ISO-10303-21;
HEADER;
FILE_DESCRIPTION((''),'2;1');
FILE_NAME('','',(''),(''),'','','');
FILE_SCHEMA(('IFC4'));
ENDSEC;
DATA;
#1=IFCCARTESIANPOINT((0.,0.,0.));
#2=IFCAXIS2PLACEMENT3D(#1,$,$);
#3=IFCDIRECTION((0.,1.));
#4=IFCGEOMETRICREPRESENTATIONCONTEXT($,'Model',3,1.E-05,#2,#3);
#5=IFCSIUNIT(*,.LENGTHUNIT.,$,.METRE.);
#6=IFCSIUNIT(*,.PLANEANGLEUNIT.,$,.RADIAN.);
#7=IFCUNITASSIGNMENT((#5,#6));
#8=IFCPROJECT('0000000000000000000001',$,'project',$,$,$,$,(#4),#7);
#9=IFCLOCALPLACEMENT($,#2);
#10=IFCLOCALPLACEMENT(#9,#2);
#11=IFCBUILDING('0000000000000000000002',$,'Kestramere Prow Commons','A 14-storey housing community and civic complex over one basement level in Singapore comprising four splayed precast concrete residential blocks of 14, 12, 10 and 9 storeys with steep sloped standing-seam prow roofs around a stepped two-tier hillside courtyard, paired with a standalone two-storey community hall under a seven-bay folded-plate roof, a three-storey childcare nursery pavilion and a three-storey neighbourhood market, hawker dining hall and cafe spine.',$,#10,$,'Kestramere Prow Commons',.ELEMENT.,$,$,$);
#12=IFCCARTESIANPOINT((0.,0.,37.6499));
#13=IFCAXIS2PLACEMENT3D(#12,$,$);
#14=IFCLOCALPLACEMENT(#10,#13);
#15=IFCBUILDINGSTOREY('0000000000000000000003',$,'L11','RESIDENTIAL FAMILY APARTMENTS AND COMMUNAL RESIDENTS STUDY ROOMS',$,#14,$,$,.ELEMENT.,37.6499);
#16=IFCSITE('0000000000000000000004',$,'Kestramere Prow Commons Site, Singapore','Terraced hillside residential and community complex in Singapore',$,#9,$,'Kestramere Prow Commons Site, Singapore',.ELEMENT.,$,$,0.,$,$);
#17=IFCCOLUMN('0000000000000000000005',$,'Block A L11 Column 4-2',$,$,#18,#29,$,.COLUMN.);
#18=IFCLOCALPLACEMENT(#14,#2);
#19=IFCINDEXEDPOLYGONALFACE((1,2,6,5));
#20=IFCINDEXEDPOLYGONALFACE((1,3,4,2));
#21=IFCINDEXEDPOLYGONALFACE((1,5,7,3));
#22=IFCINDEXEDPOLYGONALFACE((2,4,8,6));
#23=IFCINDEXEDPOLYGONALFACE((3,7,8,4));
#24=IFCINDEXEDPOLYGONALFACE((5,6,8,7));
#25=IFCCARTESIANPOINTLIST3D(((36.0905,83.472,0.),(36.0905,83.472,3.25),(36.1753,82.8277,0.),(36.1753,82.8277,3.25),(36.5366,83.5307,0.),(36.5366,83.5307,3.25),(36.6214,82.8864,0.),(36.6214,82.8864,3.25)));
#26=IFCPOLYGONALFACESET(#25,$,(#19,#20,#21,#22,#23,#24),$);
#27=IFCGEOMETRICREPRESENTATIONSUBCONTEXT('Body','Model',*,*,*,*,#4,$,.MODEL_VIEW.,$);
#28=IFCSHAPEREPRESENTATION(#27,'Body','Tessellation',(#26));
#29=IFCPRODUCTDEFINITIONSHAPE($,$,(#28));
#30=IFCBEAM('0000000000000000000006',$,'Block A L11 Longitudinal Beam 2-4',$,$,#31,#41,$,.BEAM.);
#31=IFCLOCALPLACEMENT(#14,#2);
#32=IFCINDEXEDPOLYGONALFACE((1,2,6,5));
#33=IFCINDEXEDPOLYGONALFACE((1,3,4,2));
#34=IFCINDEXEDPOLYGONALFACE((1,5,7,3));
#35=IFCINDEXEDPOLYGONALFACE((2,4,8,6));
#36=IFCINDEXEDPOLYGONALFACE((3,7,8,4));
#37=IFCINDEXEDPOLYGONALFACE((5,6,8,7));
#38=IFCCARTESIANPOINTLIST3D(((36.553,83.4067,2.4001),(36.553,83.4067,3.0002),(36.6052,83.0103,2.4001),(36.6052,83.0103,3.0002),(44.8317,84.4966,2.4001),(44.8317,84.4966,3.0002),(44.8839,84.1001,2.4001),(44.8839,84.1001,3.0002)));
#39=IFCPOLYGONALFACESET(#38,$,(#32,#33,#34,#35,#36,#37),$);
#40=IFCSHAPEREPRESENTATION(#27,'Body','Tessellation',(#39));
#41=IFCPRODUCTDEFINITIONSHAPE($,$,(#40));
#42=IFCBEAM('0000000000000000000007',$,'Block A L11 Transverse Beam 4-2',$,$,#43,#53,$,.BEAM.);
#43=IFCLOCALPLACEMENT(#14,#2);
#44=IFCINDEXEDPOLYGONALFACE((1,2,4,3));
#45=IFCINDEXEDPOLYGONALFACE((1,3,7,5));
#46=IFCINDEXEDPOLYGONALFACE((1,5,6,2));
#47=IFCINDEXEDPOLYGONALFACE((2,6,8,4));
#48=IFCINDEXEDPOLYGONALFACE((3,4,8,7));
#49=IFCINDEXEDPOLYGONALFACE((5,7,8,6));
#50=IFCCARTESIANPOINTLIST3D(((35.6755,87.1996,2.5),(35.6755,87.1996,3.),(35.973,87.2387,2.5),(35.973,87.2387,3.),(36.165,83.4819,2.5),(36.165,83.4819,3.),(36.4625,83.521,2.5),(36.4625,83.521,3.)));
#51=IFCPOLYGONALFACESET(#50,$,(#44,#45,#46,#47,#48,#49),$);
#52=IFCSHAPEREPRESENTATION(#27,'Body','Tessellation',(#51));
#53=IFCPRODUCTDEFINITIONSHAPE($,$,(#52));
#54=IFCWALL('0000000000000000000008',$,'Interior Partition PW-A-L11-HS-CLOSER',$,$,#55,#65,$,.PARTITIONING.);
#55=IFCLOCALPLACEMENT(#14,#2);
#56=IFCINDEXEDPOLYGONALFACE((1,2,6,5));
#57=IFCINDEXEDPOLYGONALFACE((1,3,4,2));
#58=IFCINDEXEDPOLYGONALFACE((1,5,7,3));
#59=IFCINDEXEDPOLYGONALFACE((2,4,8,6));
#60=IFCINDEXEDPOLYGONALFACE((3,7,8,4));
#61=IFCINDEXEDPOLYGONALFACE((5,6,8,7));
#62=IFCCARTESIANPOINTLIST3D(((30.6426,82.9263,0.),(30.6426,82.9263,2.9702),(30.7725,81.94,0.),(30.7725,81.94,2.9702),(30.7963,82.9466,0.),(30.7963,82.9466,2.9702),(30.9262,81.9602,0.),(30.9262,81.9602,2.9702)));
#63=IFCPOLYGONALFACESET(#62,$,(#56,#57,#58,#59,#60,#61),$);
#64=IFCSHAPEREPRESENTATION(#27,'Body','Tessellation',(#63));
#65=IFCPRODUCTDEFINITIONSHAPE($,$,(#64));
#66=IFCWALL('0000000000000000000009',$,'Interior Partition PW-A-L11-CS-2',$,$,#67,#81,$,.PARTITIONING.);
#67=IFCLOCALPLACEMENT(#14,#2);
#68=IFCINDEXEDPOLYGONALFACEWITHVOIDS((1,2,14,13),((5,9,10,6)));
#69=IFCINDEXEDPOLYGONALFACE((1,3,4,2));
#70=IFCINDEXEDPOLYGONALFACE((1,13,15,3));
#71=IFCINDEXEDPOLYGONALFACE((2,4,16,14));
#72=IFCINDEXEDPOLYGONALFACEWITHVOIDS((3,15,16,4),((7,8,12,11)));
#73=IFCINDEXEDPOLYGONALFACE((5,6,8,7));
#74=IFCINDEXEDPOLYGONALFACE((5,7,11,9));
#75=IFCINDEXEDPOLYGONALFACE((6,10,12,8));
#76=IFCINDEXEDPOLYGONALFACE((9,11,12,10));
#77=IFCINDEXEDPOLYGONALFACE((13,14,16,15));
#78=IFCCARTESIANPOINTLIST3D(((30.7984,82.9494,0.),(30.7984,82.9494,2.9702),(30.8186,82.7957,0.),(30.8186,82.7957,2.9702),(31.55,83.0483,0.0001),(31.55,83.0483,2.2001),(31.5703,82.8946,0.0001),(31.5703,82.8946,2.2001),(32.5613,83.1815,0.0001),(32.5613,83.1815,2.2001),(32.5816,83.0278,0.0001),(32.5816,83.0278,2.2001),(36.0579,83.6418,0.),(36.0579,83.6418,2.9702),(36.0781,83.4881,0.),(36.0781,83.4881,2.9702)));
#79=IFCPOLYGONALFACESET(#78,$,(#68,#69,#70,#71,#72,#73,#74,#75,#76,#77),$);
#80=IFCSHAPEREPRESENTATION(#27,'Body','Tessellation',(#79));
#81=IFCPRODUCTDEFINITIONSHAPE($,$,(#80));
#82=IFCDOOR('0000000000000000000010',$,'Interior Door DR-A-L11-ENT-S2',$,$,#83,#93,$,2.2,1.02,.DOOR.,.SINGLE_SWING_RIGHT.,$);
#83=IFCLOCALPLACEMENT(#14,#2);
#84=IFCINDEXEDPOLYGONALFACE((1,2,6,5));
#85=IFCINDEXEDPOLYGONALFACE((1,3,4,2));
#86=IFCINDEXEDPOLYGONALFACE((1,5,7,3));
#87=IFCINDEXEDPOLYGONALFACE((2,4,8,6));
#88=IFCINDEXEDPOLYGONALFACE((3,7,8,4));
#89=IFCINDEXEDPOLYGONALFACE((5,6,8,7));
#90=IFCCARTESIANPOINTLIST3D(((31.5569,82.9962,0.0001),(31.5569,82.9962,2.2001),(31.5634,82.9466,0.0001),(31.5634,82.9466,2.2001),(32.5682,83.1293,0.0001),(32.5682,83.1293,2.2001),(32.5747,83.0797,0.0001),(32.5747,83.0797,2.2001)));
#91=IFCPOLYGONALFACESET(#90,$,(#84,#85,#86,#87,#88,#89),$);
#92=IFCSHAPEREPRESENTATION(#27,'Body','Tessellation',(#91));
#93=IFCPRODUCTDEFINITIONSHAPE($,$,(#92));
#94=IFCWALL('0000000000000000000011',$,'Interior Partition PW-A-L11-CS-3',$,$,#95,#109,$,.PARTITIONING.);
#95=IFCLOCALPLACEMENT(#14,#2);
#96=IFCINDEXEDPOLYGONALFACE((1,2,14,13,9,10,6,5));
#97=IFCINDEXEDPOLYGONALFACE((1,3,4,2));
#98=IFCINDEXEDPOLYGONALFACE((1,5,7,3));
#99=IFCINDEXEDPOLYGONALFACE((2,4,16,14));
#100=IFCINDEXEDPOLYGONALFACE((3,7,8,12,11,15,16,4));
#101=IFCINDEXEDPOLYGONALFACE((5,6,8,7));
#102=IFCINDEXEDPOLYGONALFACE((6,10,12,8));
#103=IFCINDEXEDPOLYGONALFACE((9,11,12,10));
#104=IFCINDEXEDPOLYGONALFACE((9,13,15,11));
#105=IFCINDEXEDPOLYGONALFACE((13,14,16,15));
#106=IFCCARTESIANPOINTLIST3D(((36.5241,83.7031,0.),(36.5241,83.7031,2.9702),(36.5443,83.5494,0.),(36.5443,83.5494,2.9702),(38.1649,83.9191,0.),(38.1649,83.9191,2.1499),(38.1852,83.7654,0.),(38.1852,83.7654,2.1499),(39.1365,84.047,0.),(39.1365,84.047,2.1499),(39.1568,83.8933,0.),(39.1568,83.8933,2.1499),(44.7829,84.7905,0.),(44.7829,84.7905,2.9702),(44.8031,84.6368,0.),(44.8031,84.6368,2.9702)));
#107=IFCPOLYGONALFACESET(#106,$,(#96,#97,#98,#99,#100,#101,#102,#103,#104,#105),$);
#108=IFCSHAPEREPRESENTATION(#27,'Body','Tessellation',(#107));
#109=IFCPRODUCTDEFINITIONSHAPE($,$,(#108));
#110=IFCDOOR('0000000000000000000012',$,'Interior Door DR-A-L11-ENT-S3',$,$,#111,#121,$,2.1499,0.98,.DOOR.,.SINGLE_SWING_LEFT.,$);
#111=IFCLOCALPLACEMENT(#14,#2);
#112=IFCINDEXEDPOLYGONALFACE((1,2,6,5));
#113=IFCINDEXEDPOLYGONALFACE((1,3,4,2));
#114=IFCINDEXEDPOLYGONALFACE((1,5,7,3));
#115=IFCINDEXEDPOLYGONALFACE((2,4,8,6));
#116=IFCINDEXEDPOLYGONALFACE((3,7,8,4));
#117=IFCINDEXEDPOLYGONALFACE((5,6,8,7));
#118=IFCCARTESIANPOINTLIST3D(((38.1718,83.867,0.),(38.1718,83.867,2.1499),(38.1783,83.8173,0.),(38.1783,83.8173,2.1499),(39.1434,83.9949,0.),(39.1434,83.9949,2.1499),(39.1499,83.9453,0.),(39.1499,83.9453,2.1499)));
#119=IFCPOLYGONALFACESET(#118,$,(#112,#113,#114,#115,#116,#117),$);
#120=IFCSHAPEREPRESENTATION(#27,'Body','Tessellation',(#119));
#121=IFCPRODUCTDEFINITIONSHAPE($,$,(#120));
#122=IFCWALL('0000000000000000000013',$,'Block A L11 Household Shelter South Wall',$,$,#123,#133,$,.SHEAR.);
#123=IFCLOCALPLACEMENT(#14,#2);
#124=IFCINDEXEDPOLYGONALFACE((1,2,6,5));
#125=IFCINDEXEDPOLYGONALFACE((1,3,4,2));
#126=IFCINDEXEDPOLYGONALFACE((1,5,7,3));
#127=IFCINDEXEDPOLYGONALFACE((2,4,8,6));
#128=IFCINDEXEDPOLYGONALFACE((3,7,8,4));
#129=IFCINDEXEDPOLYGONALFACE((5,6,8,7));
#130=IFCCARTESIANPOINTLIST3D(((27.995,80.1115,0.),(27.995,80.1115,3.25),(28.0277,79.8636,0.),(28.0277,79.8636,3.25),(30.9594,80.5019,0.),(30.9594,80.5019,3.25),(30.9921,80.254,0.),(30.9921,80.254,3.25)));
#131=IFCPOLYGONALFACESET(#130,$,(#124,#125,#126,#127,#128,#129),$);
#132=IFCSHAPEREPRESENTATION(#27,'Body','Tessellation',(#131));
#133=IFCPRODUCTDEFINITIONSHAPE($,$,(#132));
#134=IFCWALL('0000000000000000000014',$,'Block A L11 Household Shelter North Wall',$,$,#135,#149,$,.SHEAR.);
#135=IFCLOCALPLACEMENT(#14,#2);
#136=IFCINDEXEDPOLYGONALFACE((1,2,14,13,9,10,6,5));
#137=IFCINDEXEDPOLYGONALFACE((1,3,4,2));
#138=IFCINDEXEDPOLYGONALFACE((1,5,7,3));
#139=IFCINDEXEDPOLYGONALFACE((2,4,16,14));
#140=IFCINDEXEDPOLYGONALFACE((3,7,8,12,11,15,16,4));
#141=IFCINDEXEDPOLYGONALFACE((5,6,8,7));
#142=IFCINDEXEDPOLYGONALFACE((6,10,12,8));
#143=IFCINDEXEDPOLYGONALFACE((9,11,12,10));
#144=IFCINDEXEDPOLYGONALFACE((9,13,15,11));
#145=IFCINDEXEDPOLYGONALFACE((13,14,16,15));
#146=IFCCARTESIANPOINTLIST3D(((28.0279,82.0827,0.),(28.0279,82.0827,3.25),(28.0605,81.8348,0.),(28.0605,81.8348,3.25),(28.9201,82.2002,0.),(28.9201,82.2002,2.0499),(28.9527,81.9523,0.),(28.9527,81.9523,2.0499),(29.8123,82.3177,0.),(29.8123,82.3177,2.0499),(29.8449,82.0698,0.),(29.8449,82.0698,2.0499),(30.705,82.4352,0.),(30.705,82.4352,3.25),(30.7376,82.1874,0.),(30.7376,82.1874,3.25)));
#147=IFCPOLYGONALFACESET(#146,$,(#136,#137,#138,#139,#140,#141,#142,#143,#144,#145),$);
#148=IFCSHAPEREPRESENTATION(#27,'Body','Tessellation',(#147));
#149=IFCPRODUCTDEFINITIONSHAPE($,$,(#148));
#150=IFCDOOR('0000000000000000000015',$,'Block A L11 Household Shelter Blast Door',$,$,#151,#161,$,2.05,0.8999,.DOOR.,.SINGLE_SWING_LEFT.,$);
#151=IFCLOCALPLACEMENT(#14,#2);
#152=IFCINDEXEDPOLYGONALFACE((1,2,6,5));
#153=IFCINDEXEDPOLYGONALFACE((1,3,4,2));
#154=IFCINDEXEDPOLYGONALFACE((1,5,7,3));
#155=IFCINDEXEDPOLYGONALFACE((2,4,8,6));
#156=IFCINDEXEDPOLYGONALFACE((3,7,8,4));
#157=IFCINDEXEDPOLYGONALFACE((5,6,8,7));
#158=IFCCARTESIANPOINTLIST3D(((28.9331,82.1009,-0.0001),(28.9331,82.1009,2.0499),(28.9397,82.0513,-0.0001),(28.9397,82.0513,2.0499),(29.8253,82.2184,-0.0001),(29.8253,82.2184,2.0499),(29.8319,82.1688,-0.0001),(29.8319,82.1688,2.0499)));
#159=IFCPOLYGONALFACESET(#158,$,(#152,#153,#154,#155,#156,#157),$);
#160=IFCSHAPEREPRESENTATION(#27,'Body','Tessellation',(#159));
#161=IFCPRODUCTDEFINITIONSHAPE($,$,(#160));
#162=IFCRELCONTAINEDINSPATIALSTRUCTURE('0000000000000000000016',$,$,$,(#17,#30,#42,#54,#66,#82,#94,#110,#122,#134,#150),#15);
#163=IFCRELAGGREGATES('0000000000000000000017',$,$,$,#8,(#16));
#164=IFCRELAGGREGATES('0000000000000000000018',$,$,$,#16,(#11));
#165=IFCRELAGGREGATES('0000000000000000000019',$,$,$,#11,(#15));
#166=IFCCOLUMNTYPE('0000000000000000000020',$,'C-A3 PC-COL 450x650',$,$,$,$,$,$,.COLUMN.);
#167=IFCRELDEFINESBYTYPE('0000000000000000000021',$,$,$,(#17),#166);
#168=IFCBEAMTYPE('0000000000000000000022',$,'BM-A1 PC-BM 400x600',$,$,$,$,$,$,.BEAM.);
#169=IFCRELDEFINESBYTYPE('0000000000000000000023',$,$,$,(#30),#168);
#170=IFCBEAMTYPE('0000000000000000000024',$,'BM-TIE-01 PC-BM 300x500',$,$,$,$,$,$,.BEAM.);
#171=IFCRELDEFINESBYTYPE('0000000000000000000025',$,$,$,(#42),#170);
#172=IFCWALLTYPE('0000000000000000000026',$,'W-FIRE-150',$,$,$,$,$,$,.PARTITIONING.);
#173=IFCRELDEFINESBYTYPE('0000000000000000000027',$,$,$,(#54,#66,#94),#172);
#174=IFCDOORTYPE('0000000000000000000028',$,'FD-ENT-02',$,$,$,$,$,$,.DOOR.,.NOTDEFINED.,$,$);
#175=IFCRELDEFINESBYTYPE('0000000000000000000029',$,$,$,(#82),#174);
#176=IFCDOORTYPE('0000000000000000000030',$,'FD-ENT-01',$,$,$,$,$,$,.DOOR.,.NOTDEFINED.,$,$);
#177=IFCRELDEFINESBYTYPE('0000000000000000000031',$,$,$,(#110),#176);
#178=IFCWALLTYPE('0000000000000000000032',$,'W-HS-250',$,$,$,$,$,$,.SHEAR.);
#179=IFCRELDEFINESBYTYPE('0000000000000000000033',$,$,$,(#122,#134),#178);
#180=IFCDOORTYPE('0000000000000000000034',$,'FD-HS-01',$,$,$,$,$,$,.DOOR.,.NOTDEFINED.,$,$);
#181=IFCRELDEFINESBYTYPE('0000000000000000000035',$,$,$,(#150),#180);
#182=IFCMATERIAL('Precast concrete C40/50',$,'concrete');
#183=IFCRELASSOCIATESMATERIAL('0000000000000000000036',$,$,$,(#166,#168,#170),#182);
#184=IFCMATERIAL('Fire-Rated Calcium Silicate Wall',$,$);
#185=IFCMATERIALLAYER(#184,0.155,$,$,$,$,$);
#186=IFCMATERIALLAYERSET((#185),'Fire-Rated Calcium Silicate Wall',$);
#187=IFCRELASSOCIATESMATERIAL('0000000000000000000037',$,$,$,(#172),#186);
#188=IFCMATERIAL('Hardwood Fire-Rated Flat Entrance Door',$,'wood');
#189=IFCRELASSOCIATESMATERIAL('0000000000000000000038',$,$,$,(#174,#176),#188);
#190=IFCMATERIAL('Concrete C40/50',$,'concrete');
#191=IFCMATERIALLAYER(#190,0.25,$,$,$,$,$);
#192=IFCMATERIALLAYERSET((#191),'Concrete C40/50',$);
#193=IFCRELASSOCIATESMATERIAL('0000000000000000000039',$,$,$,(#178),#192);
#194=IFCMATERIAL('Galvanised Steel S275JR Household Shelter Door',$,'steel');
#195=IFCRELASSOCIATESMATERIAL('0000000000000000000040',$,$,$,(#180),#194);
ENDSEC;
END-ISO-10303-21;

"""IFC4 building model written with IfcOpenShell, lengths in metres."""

from ifc_helpers import new_model, si_unit, direction, frame, frame_2d, origin, origin_2d, place, context, subcontext, project, spatial, rectangle, extrude, material, layer, layer_set, material_profile, profile_set, type_object, element, fill, save


model = new_model("IFC4")

# Units and contexts
model_context = context("Model", 3, precision=1e-05, world=origin(), true_north=direction((0.0, 1.0)))
body_context = subcontext(model_context, "Body", "Model", "MODEL_VIEW")
ifc_project = project(units=[si_unit("LENGTHUNIT", "METRE"), si_unit("PLANEANGLEUNIT", "RADIAN")], contexts=[model_context])

# Site, building, storey
site_placement = place(None, origin())
site = spatial("IfcSite", under=ifc_project, at=site_placement, Name="Kestramere Prow Commons Site, Singapore", Description="Terraced hillside residential and community complex in Singapore", LongName="Kestramere Prow Commons Site, Singapore", CompositionType="ELEMENT", RefElevation=0.0)
building_placement = place(site_placement, origin())
building = spatial("IfcBuilding", under=site, at=building_placement, Name="Kestramere Prow Commons", Description="A 14-storey housing community and civic complex over one basement level in Singapore comprising four splayed precast concrete residential blocks of 14, 12, 10 and 9 storeys with steep sloped standing-seam prow roofs around a stepped two-tier hillside courtyard, paired with a standalone two-storey community hall under a seven-bay folded-plate roof, a three-storey childcare nursery pavilion and a three-storey neighbourhood market, hawker dining hall and cafe spine.", LongName="Kestramere Prow Commons", CompositionType="ELEMENT")
storey_placement = place(building_placement, frame((0.0, 0.0, 37.6499)))
storey = spatial("IfcBuildingStorey", under=building, at=storey_placement, Name="L11", Description="RESIDENTIAL FAMILY APARTMENTS AND COMMUNAL RESIDENTS STUDY ROOMS", CompositionType="ELEMENT", Elevation=37.6499)

# Column
ifc_material_1 = material(Name="Precast concrete C40/50", Category="concrete")
ifc_material_profile_1 = material_profile(ifc_material_1, rectangle(XDim=0.45, YDim=0.6499, at=origin_2d()), Name="PC-COL 450x650")
ifc_profile_set_1 = profile_set([ifc_material_profile_1], Name="Precast concrete C40/50")
column_type = type_object("IfcColumnType", Name="C-A3 PC-COL 450x650", PredefinedType="COLUMN", material=ifc_profile_set_1)
column_placement = place(storey_placement, frame((36.356, 83.1792, 0.0), z_axis=(0.0, 0.0, 1.0), x_axis=(0.991445, 0.130526, 0.0)))
element("IfcColumn", 1, at=column_placement, inside=storey, type_object=column_type, Name="Block A L11 Column 4-2", PredefinedType="COLUMN", context=body_context, shape_type="SweptSolid", body=[
    extrude(rectangle(XDim=0.45, YDim=0.6499, at=origin_2d()), origin(), (0.0, 0.0, 1.0), 3.25),
])

# Beams
ifc_material_profile_2 = material_profile(ifc_material_1, rectangle(XDim=0.3999, YDim=0.6001, at=origin_2d()), Name="PC-BM 400x600")
ifc_profile_set_2 = profile_set([ifc_material_profile_2], Name="Precast concrete C40/50")
beam_type_1 = type_object("IfcBeamType", Name="BM-A1 PC-BM 400x600", PredefinedType="BEAM", material=ifc_profile_set_2)
beam_1_placement = place(storey_placement, frame((36.5791, 83.2085, 2.7002), z_axis=(0.991446, 0.13052, 0.0), x_axis=(-0.13052, 0.991446, 0.0)))
element("IfcBeam", 2, at=beam_1_placement, inside=storey, type_object=beam_type_1, Name="Block A L11 Longitudinal Beam 2-4", PredefinedType="BEAM", context=body_context, shape_type="SweptSolid", body=[
    extrude(rectangle(XDim=0.3999, YDim=0.6001, at=origin_2d()), origin(), (0.0, 0.0, 1.0), 8.3501),
])
ifc_material_profile_3 = material_profile(ifc_material_1, rectangle(XDim=0.3, YDim=0.5, at=origin_2d()), Name="PC-BM 300x500")
ifc_profile_set_3 = profile_set([ifc_material_profile_3], Name="Precast concrete C40/50")
beam_type_2 = type_object("IfcBeamType", Name="BM-TIE-01 PC-BM 300x500", PredefinedType="BEAM", material=ifc_profile_set_3)
beam_2_placement = place(storey_placement, frame((36.3137, 83.5015, 2.75), z_axis=(-0.130539, 0.991443, 0.0), x_axis=(-0.991443, -0.130539, 0.0)))
element("IfcBeam", 3, at=beam_2_placement, inside=storey, type_object=beam_type_2, Name="Block A L11 Transverse Beam 4-2", PredefinedType="BEAM", context=body_context, shape_type="SweptSolid", body=[
    extrude(rectangle(XDim=0.3, YDim=0.5, at=origin_2d()), origin(), (0.0, 0.0, 1.0), 3.7498),
])

# Wall
ifc_material_2 = material(Name="Fire-Rated Calcium Silicate Wall")
ifc_layer_1 = layer(ifc_material_2, 0.155)
ifc_layer_set_1 = layer_set([ifc_layer_1], Name="Fire-Rated Calcium Silicate Wall")
wall_type_1 = type_object("IfcWallType", Name="W-FIRE-150", PredefinedType="PARTITIONING", material=ifc_layer_set_1)
wall_1_placement = place(storey_placement, frame((30.8494, 81.95, 0.0), z_axis=(0.0, 0.0, 1.0), x_axis=(-0.130556, 0.991441, 0.0)))
element("IfcWall", 4, at=wall_1_placement, inside=storey, type_object=wall_type_1, Name="Interior Partition PW-A-L11-HS-CLOSER", PredefinedType="PARTITIONING", context=body_context, shape_type="SweptSolid", body=[
    extrude(rectangle(XDim=0.9949, YDim=0.155, at=frame_2d((0.4976, 0.0))), origin(), (0.0, 0.0, 1.0), 2.9702),
])

# Walls, openings, doors
wall_2_placement = place(storey_placement, frame((30.8086, 82.8726, 0.0), z_axis=(0.0, 0.0, 1.0), x_axis=(0.991446, 0.130518, 0.0)))
wall_2 = element("IfcWall", 5, at=wall_2_placement, inside=storey, type_object=wall_type_1, Name="Interior Partition PW-A-L11-CS-2", PredefinedType="PARTITIONING", context=body_context, shape_type="SweptSolid", body=[
    extrude(rectangle(XDim=5.3049, YDim=0.155, at=frame_2d((2.6523, 0.0))), origin(), (0.0, 0.0, 1.0), 2.9702),
])
opening_1_placement = place(wall_2_placement, frame((0.7581, 0.0, 0.0)))
opening_1 = element("IfcOpeningElement", 6, at=opening_1_placement, cuts=wall_2, PredefinedType="OPENING", context=body_context, shape_type="SweptSolid", body=[
    extrude(rectangle(XDim=1.02, YDim=2.2, at=frame_2d((0.51, 1.1001))), frame((0.0, 0.0925, 0.0), z_axis=(0.0, -1.0, 0.0), x_axis=(1.0, 0.0, 0.0)), (0.0, 0.0, 1.0), 0.1851),
])
ifc_material_3 = material(Name="Hardwood Fire-Rated Flat Entrance Door", Category="wood")
door_type_1 = type_object("IfcDoorType", Name="FD-ENT-02", OperationType="NOTDEFINED", PredefinedType="DOOR", material=ifc_material_3)
door_1_placement = place(opening_1_placement, origin())
door_1 = element("IfcDoor", 7, at=door_1_placement, inside=storey, type_object=door_type_1, Name="Interior Door DR-A-L11-ENT-S2", OperationType="SINGLE_SWING_RIGHT", OverallHeight=2.2, OverallWidth=1.02, PredefinedType="DOOR", context=body_context, shape_type="SweptSolid", body=[
    extrude(rectangle(XDim=1.02, YDim=2.2, at=frame_2d((0.51, 1.1001))), frame((0.0, 0.0249, 0.0), z_axis=(0.0, -1.0, 0.0), x_axis=(1.0, 0.0, 0.0)), (0.0, 0.0, 1.0), 0.05),
])
fill(opening_1, door_1)
wall_3_placement = place(storey_placement, frame((36.5342, 83.6262, 0.0), z_axis=(0.0, 0.0, 1.0), x_axis=(0.991443, 0.130539, 0.0)))
wall_3 = element("IfcWall", 8, at=wall_3_placement, inside=storey, type_object=wall_type_1, Name="Interior Partition PW-A-L11-CS-3", PredefinedType="PARTITIONING", context=body_context, shape_type="SweptSolid", body=[
    extrude(rectangle(XDim=8.3301, YDim=0.155, at=frame_2d((4.165, 0.0))), origin(), (0.0, 0.0, 1.0), 2.9702),
])
opening_2_placement = place(wall_3_placement, frame((1.655, 0.0, 0.0)))
opening_2 = element("IfcOpeningElement", 9, at=opening_2_placement, cuts=wall_3, PredefinedType="OPENING", context=body_context, shape_type="SweptSolid", body=[
    extrude(rectangle(XDim=0.98, YDim=2.1499, at=frame_2d((0.49, 1.075))), frame((0.0, 0.0925, 0.0), z_axis=(0.0, -1.0, 0.0), x_axis=(1.0, 0.0, 0.0)), (0.0, 0.0, 1.0), 0.1851),
])
door_type_2 = type_object("IfcDoorType", Name="FD-ENT-01", OperationType="NOTDEFINED", PredefinedType="DOOR", material=ifc_material_3)
door_2_placement = place(opening_2_placement, origin())
door_2 = element("IfcDoor", 10, at=door_2_placement, inside=storey, type_object=door_type_2, Name="Interior Door DR-A-L11-ENT-S3", OperationType="SINGLE_SWING_LEFT", OverallHeight=2.1499, OverallWidth=0.98, PredefinedType="DOOR", context=body_context, shape_type="SweptSolid", body=[
    extrude(rectangle(XDim=0.98, YDim=2.1499, at=frame_2d((0.49, 1.075))), frame((0.0, 0.0249, 0.0), z_axis=(0.0, -1.0, 0.0), x_axis=(1.0, 0.0, 0.0)), (0.0, 0.0, 1.0), 0.05),
])
fill(opening_2, door_2)

# Wall
ifc_material_4 = material(Name="Concrete C40/50", Category="concrete")
ifc_layer_2 = layer(ifc_material_4, 0.25)
ifc_layer_set_2 = layer_set([ifc_layer_2], Name="Concrete C40/50")
wall_type_2 = type_object("IfcWallType", Name="W-HS-250", PredefinedType="SHEAR", material=ifc_layer_set_2)
wall_4_placement = place(storey_placement, frame((28.0112, 79.9875, 0.0), z_axis=(0.0, 0.0, 1.0), x_axis=(0.99144, 0.130564, 0.0)))
element("IfcWall", 11, at=wall_4_placement, inside=storey, type_object=wall_type_2, Name="Block A L11 Household Shelter South Wall", PredefinedType="SHEAR", context=body_context, shape_type="SweptSolid", body=[
    extrude(rectangle(XDim=2.99, YDim=0.25, at=frame_2d((1.4951, 0.0))), origin(), (0.0, 0.0, 1.0), 3.25),
])

# Wall, opening, door
wall_5_placement = place(storey_placement, frame((28.0442, 81.9587, 0.0), z_axis=(0.0, 0.0, 1.0), x_axis=(0.99144, 0.130564, 0.0)))
wall_5 = element("IfcWall", 12, at=wall_5_placement, inside=storey, type_object=wall_type_2, Name="Block A L11 Household Shelter North Wall", PredefinedType="SHEAR", context=body_context, shape_type="SweptSolid", body=[
    extrude(rectangle(XDim=2.7002, YDim=0.25, at=frame_2d((1.3501, 0.0))), origin(), (0.0, 0.0, 1.0), 3.25),
])
opening_3_placement = place(wall_5_placement, frame((0.8999, 0.0, 0.0)))
opening_3 = element("IfcOpeningElement", 13, at=opening_3_placement, cuts=wall_5, PredefinedType="OPENING", context=body_context, shape_type="SweptSolid", body=[
    extrude(rectangle(XDim=0.8999, YDim=2.05, at=frame_2d((0.45, 1.0249))), frame((0.0, 0.1399, 0.0), z_axis=(0.0, -1.0, 0.0), x_axis=(1.0, 0.0, 0.0)), (0.0, 0.0, 1.0), 0.28),
])
ifc_material_5 = material(Name="Galvanised Steel S275JR Household Shelter Door", Category="steel")
door_type_3 = type_object("IfcDoorType", Name="FD-HS-01", OperationType="NOTDEFINED", PredefinedType="DOOR", material=ifc_material_5)
door_3_placement = place(opening_3_placement, origin())
door_3 = element("IfcDoor", 14, at=door_3_placement, inside=storey, type_object=door_type_3, Name="Block A L11 Household Shelter Blast Door", OperationType="SINGLE_SWING_LEFT", OverallHeight=2.05, OverallWidth=0.8999, PredefinedType="DOOR", context=body_context, shape_type="SweptSolid", body=[
    extrude(rectangle(XDim=0.8999, YDim=2.05, at=frame_2d((0.45, 1.0249))), frame((0.0, 0.0249, 0.0), z_axis=(0.0, -1.0, 0.0), x_axis=(1.0, 0.0, 0.0)), (0.0, 0.0, 1.0), 0.05),
])
fill(opening_3, door_3)

save(model, "model.ifc")
